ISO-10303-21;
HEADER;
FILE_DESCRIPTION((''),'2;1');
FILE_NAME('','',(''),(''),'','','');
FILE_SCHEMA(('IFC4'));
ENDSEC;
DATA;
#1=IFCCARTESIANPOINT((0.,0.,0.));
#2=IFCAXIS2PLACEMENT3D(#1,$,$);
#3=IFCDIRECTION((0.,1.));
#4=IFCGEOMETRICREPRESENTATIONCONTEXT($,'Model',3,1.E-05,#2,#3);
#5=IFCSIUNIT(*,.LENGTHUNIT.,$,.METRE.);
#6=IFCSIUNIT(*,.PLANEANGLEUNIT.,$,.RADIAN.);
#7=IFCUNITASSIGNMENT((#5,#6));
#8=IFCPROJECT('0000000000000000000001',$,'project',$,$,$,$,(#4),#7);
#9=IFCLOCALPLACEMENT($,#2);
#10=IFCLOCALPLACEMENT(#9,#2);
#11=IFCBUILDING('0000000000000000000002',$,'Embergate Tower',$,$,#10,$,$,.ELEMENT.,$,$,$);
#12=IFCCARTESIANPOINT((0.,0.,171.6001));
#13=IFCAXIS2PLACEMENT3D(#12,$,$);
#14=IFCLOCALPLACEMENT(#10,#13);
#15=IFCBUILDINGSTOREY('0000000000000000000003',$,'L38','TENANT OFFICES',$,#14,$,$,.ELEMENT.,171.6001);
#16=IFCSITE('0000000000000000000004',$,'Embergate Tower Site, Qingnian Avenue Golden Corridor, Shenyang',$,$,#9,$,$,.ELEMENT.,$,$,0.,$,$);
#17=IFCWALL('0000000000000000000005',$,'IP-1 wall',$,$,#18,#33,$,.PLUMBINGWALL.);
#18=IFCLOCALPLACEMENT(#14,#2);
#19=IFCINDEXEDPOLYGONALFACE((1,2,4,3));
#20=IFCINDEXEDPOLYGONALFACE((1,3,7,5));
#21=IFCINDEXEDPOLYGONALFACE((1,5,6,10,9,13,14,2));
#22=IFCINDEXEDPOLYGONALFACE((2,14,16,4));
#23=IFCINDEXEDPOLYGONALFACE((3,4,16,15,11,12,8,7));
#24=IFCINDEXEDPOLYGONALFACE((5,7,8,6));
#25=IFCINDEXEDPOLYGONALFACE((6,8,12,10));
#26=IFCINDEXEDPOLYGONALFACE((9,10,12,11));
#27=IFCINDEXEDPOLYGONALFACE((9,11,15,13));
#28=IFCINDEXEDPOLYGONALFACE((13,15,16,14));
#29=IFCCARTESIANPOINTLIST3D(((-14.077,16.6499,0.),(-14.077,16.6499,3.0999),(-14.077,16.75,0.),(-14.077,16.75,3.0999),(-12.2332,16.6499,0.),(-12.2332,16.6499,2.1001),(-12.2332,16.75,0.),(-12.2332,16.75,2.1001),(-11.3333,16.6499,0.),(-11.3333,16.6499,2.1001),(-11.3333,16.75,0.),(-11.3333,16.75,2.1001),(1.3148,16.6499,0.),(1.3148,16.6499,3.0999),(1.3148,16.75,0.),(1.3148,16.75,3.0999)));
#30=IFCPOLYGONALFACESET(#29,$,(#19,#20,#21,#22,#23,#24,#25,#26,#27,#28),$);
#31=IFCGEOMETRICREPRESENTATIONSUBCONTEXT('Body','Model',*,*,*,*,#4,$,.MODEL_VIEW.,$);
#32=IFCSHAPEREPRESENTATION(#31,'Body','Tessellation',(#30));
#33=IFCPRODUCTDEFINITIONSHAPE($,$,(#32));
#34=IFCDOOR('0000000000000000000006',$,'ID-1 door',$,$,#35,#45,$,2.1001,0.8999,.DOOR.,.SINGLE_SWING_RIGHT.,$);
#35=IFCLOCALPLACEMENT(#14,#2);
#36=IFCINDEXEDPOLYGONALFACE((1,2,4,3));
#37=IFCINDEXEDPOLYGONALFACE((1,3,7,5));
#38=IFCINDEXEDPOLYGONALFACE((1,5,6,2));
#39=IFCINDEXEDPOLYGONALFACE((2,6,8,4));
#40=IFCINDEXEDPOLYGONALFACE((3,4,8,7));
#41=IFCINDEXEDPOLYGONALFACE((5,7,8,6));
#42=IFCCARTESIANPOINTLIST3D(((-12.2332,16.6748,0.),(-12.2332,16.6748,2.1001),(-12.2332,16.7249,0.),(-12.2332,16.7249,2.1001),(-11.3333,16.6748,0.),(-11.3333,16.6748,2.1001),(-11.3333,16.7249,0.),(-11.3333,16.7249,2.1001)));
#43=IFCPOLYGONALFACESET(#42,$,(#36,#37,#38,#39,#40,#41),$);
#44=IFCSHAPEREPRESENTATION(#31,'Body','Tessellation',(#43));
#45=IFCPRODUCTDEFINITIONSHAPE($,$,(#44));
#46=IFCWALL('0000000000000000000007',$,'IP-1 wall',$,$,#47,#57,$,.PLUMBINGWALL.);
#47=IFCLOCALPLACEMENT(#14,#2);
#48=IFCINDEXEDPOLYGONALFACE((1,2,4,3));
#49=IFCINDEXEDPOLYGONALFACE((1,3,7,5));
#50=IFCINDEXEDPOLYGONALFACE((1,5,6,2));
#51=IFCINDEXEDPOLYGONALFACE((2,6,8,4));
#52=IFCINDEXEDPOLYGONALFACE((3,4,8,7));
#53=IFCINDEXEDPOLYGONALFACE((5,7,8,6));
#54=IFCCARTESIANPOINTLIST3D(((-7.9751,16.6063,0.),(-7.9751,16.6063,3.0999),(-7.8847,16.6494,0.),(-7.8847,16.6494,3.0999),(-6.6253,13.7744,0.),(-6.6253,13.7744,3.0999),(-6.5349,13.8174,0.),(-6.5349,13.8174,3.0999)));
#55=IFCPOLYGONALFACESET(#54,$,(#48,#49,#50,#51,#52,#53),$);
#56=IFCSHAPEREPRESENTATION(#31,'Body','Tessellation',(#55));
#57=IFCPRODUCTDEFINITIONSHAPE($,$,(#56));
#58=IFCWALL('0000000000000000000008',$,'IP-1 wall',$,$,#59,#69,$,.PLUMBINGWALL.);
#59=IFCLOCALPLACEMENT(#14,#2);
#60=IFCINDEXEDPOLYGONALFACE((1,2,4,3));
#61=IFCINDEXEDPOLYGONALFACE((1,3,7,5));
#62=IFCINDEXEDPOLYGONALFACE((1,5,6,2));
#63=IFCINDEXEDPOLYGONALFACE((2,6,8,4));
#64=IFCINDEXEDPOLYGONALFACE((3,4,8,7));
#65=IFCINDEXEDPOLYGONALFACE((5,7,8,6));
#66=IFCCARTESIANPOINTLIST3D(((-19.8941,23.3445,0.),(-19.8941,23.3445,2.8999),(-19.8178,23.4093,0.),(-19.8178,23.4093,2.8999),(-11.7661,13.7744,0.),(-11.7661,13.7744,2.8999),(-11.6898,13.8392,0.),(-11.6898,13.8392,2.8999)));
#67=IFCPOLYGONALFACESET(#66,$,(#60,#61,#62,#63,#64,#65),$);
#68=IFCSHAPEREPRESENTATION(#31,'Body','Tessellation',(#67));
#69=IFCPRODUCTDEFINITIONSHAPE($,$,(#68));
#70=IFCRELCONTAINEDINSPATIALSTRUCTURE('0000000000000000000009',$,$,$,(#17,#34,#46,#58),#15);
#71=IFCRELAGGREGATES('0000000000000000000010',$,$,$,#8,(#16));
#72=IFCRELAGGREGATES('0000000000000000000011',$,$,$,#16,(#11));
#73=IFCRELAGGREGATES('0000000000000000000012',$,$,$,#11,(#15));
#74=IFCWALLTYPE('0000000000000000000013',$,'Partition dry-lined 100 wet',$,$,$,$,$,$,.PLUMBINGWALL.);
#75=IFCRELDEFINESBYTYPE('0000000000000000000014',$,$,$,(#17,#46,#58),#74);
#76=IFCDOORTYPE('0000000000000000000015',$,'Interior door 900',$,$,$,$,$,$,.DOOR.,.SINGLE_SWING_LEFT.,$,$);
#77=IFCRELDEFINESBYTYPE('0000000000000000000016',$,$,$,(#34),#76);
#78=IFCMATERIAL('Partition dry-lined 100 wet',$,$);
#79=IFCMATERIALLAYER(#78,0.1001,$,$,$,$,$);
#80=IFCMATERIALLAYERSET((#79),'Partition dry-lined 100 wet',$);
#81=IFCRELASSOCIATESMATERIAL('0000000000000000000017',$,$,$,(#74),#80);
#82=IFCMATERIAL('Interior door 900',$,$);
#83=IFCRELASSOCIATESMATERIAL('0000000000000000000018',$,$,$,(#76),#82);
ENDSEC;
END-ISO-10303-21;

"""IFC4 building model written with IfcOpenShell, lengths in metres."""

from ifc_helpers import new_model, si_unit, direction, frame, frame_2d, origin, place, context, subcontext, project, spatial, rectangle, extrude, source, transform, mapped, material, layer, layer_set, type_object, element, fill, save


model = new_model("IFC4")

# Units and contexts
model_context = context("Model", 3, precision=1e-05, world=origin(), true_north=direction((0.0, 1.0)))
body_context = subcontext(model_context, "Body", "Model", "MODEL_VIEW")
ifc_project = project(units=[si_unit("LENGTHUNIT", "METRE"), si_unit("PLANEANGLEUNIT", "RADIAN")], contexts=[model_context])

# Site, building, storey
site_placement = place(None, origin())
site = spatial("IfcSite", under=ifc_project, at=site_placement, Name="Embergate Tower Site, Qingnian Avenue Golden Corridor, Shenyang", CompositionType="ELEMENT", RefElevation=0.0)
building_placement = place(site_placement, origin())
building = spatial("IfcBuilding", under=site, at=building_placement, Name="Embergate Tower", CompositionType="ELEMENT")
storey_placement = place(building_placement, frame((0.0, 0.0, 171.6001)))
storey = spatial("IfcBuildingStorey", under=building, at=storey_placement, Name="L38", Description="TENANT OFFICES", CompositionType="ELEMENT", Elevation=171.6001)

# Shared definitions
shared_shape_1 = source(origin(), body_context, "Body", "SweptSolid", [
    extrude(rectangle(XDim=0.8999, YDim=2.1001, at=frame_2d((0.45, 1.05))), frame((0.0, 0.0249, 0.0), z_axis=(0.0, -1.0, 0.0), x_axis=(1.0, 0.0, 0.0)), (0.0, 0.0, 1.0), 0.05),
])

# Shared definitions
ifc_material_1 = material(Name="Partition dry-lined 100 wet")
ifc_layer_1 = layer(ifc_material_1, 0.1001)
ifc_layer_set_1 = layer_set([ifc_layer_1], Name="Partition dry-lined 100 wet")
wall_type_1 = type_object("IfcWallType", Name="Partition dry-lined 100 wet", PredefinedType="PLUMBINGWALL", material=ifc_layer_set_1)

# Wall, opening, door
shared_shape_2 = source(origin(), body_context, "Body", "SweptSolid", [
    extrude(rectangle(XDim=15.3918, YDim=0.1001, at=frame_2d((7.6958, 0.0))), origin(), (0.0, 0.0, 1.0), 3.0999),
])
wall_1_placement = place(storey_placement, frame((-14.0769, 16.7, 0.0), z_axis=(0.0, 0.0, 1.0), x_axis=(1.0, 0.0, 0.0)))
wall_1 = element("IfcWall", 1, at=wall_1_placement, inside=storey, type_object=wall_type_1, Name="IP-1 wall", PredefinedType="PLUMBINGWALL", context=body_context, shape_type="MappedRepresentation", body=[
    mapped(shared_shape_2, transform((0.0, 0.0, 0.0))),
])
shared_shape_3 = source(origin(), body_context, "Body", "SweptSolid", [
    extrude(rectangle(XDim=0.8999, YDim=2.1001, at=frame_2d((0.45, 1.05))), frame((0.0, 0.0601, 0.0), z_axis=(0.0, -1.0, 0.0), x_axis=(1.0, 0.0, 0.0)), (0.0, 0.0, 1.0), 0.1201),
])
opening_1_placement = place(wall_1_placement, frame((1.8438, 0.0, 0.0)))
opening_1 = element("IfcOpeningElement", 2, at=opening_1_placement, cuts=wall_1, PredefinedType="OPENING", context=body_context, shape_type="MappedRepresentation", body=[
    mapped(shared_shape_3, transform((0.0, 0.0, 0.0))),
])
ifc_material_2 = material(Name="Interior door 900")
door_type_1 = type_object("IfcDoorType", Name="Interior door 900", OperationType="SINGLE_SWING_LEFT", PredefinedType="DOOR", material=ifc_material_2)
door_1_placement = place(opening_1_placement, origin())
door_1 = element("IfcDoor", 3, at=door_1_placement, inside=storey, type_object=door_type_1, Name="ID-1 door", OperationType="SINGLE_SWING_RIGHT", OverallHeight=2.1001, OverallWidth=0.8999, PredefinedType="DOOR", context=body_context, shape_type="MappedRepresentation", body=[
    mapped(shared_shape_1, transform((0.0, 0.0, 0.0))),
])
fill(opening_1, door_1)

# Walls
shared_shape_4 = source(origin(), body_context, "Body", "SweptSolid", [
    extrude(rectangle(XDim=3.1372, YDim=0.1001, at=frame_2d((1.5686, 0.0))), origin(), (0.0, 0.0, 1.0), 3.0999),
])
wall_2_placement = place(storey_placement, frame((-6.5801, 13.7959, 0.0), z_axis=(0.0, 0.0, 1.0), x_axis=(-0.430263, 0.902704, 0.0)))
element("IfcWall", 4, at=wall_2_placement, inside=storey, type_object=wall_type_1, Name="IP-1 wall", PredefinedType="PLUMBINGWALL", context=body_context, shape_type="MappedRepresentation", body=[
    mapped(shared_shape_4, transform((0.0, 0.0, 0.0))),
])
shared_shape_5 = source(origin(), body_context, "Body", "SweptSolid", [
    extrude(rectangle(XDim=12.5559, YDim=0.1001, at=frame_2d((6.2778, 0.0))), origin(), (0.0, 0.0, 1.0), 2.8999),
])
wall_3_placement = place(storey_placement, frame((-11.728, 13.8069, 0.0), z_axis=(0.0, 0.0, 1.0), x_axis=(-0.647342, 0.7622, 0.0)))
element("IfcWall", 5, at=wall_3_placement, inside=storey, type_object=wall_type_1, Name="IP-1 wall", PredefinedType="PLUMBINGWALL", context=body_context, shape_type="MappedRepresentation", body=[
    mapped(shared_shape_5, transform((0.0, 0.0, 0.0))),
])

save(model, "model.ifc")
